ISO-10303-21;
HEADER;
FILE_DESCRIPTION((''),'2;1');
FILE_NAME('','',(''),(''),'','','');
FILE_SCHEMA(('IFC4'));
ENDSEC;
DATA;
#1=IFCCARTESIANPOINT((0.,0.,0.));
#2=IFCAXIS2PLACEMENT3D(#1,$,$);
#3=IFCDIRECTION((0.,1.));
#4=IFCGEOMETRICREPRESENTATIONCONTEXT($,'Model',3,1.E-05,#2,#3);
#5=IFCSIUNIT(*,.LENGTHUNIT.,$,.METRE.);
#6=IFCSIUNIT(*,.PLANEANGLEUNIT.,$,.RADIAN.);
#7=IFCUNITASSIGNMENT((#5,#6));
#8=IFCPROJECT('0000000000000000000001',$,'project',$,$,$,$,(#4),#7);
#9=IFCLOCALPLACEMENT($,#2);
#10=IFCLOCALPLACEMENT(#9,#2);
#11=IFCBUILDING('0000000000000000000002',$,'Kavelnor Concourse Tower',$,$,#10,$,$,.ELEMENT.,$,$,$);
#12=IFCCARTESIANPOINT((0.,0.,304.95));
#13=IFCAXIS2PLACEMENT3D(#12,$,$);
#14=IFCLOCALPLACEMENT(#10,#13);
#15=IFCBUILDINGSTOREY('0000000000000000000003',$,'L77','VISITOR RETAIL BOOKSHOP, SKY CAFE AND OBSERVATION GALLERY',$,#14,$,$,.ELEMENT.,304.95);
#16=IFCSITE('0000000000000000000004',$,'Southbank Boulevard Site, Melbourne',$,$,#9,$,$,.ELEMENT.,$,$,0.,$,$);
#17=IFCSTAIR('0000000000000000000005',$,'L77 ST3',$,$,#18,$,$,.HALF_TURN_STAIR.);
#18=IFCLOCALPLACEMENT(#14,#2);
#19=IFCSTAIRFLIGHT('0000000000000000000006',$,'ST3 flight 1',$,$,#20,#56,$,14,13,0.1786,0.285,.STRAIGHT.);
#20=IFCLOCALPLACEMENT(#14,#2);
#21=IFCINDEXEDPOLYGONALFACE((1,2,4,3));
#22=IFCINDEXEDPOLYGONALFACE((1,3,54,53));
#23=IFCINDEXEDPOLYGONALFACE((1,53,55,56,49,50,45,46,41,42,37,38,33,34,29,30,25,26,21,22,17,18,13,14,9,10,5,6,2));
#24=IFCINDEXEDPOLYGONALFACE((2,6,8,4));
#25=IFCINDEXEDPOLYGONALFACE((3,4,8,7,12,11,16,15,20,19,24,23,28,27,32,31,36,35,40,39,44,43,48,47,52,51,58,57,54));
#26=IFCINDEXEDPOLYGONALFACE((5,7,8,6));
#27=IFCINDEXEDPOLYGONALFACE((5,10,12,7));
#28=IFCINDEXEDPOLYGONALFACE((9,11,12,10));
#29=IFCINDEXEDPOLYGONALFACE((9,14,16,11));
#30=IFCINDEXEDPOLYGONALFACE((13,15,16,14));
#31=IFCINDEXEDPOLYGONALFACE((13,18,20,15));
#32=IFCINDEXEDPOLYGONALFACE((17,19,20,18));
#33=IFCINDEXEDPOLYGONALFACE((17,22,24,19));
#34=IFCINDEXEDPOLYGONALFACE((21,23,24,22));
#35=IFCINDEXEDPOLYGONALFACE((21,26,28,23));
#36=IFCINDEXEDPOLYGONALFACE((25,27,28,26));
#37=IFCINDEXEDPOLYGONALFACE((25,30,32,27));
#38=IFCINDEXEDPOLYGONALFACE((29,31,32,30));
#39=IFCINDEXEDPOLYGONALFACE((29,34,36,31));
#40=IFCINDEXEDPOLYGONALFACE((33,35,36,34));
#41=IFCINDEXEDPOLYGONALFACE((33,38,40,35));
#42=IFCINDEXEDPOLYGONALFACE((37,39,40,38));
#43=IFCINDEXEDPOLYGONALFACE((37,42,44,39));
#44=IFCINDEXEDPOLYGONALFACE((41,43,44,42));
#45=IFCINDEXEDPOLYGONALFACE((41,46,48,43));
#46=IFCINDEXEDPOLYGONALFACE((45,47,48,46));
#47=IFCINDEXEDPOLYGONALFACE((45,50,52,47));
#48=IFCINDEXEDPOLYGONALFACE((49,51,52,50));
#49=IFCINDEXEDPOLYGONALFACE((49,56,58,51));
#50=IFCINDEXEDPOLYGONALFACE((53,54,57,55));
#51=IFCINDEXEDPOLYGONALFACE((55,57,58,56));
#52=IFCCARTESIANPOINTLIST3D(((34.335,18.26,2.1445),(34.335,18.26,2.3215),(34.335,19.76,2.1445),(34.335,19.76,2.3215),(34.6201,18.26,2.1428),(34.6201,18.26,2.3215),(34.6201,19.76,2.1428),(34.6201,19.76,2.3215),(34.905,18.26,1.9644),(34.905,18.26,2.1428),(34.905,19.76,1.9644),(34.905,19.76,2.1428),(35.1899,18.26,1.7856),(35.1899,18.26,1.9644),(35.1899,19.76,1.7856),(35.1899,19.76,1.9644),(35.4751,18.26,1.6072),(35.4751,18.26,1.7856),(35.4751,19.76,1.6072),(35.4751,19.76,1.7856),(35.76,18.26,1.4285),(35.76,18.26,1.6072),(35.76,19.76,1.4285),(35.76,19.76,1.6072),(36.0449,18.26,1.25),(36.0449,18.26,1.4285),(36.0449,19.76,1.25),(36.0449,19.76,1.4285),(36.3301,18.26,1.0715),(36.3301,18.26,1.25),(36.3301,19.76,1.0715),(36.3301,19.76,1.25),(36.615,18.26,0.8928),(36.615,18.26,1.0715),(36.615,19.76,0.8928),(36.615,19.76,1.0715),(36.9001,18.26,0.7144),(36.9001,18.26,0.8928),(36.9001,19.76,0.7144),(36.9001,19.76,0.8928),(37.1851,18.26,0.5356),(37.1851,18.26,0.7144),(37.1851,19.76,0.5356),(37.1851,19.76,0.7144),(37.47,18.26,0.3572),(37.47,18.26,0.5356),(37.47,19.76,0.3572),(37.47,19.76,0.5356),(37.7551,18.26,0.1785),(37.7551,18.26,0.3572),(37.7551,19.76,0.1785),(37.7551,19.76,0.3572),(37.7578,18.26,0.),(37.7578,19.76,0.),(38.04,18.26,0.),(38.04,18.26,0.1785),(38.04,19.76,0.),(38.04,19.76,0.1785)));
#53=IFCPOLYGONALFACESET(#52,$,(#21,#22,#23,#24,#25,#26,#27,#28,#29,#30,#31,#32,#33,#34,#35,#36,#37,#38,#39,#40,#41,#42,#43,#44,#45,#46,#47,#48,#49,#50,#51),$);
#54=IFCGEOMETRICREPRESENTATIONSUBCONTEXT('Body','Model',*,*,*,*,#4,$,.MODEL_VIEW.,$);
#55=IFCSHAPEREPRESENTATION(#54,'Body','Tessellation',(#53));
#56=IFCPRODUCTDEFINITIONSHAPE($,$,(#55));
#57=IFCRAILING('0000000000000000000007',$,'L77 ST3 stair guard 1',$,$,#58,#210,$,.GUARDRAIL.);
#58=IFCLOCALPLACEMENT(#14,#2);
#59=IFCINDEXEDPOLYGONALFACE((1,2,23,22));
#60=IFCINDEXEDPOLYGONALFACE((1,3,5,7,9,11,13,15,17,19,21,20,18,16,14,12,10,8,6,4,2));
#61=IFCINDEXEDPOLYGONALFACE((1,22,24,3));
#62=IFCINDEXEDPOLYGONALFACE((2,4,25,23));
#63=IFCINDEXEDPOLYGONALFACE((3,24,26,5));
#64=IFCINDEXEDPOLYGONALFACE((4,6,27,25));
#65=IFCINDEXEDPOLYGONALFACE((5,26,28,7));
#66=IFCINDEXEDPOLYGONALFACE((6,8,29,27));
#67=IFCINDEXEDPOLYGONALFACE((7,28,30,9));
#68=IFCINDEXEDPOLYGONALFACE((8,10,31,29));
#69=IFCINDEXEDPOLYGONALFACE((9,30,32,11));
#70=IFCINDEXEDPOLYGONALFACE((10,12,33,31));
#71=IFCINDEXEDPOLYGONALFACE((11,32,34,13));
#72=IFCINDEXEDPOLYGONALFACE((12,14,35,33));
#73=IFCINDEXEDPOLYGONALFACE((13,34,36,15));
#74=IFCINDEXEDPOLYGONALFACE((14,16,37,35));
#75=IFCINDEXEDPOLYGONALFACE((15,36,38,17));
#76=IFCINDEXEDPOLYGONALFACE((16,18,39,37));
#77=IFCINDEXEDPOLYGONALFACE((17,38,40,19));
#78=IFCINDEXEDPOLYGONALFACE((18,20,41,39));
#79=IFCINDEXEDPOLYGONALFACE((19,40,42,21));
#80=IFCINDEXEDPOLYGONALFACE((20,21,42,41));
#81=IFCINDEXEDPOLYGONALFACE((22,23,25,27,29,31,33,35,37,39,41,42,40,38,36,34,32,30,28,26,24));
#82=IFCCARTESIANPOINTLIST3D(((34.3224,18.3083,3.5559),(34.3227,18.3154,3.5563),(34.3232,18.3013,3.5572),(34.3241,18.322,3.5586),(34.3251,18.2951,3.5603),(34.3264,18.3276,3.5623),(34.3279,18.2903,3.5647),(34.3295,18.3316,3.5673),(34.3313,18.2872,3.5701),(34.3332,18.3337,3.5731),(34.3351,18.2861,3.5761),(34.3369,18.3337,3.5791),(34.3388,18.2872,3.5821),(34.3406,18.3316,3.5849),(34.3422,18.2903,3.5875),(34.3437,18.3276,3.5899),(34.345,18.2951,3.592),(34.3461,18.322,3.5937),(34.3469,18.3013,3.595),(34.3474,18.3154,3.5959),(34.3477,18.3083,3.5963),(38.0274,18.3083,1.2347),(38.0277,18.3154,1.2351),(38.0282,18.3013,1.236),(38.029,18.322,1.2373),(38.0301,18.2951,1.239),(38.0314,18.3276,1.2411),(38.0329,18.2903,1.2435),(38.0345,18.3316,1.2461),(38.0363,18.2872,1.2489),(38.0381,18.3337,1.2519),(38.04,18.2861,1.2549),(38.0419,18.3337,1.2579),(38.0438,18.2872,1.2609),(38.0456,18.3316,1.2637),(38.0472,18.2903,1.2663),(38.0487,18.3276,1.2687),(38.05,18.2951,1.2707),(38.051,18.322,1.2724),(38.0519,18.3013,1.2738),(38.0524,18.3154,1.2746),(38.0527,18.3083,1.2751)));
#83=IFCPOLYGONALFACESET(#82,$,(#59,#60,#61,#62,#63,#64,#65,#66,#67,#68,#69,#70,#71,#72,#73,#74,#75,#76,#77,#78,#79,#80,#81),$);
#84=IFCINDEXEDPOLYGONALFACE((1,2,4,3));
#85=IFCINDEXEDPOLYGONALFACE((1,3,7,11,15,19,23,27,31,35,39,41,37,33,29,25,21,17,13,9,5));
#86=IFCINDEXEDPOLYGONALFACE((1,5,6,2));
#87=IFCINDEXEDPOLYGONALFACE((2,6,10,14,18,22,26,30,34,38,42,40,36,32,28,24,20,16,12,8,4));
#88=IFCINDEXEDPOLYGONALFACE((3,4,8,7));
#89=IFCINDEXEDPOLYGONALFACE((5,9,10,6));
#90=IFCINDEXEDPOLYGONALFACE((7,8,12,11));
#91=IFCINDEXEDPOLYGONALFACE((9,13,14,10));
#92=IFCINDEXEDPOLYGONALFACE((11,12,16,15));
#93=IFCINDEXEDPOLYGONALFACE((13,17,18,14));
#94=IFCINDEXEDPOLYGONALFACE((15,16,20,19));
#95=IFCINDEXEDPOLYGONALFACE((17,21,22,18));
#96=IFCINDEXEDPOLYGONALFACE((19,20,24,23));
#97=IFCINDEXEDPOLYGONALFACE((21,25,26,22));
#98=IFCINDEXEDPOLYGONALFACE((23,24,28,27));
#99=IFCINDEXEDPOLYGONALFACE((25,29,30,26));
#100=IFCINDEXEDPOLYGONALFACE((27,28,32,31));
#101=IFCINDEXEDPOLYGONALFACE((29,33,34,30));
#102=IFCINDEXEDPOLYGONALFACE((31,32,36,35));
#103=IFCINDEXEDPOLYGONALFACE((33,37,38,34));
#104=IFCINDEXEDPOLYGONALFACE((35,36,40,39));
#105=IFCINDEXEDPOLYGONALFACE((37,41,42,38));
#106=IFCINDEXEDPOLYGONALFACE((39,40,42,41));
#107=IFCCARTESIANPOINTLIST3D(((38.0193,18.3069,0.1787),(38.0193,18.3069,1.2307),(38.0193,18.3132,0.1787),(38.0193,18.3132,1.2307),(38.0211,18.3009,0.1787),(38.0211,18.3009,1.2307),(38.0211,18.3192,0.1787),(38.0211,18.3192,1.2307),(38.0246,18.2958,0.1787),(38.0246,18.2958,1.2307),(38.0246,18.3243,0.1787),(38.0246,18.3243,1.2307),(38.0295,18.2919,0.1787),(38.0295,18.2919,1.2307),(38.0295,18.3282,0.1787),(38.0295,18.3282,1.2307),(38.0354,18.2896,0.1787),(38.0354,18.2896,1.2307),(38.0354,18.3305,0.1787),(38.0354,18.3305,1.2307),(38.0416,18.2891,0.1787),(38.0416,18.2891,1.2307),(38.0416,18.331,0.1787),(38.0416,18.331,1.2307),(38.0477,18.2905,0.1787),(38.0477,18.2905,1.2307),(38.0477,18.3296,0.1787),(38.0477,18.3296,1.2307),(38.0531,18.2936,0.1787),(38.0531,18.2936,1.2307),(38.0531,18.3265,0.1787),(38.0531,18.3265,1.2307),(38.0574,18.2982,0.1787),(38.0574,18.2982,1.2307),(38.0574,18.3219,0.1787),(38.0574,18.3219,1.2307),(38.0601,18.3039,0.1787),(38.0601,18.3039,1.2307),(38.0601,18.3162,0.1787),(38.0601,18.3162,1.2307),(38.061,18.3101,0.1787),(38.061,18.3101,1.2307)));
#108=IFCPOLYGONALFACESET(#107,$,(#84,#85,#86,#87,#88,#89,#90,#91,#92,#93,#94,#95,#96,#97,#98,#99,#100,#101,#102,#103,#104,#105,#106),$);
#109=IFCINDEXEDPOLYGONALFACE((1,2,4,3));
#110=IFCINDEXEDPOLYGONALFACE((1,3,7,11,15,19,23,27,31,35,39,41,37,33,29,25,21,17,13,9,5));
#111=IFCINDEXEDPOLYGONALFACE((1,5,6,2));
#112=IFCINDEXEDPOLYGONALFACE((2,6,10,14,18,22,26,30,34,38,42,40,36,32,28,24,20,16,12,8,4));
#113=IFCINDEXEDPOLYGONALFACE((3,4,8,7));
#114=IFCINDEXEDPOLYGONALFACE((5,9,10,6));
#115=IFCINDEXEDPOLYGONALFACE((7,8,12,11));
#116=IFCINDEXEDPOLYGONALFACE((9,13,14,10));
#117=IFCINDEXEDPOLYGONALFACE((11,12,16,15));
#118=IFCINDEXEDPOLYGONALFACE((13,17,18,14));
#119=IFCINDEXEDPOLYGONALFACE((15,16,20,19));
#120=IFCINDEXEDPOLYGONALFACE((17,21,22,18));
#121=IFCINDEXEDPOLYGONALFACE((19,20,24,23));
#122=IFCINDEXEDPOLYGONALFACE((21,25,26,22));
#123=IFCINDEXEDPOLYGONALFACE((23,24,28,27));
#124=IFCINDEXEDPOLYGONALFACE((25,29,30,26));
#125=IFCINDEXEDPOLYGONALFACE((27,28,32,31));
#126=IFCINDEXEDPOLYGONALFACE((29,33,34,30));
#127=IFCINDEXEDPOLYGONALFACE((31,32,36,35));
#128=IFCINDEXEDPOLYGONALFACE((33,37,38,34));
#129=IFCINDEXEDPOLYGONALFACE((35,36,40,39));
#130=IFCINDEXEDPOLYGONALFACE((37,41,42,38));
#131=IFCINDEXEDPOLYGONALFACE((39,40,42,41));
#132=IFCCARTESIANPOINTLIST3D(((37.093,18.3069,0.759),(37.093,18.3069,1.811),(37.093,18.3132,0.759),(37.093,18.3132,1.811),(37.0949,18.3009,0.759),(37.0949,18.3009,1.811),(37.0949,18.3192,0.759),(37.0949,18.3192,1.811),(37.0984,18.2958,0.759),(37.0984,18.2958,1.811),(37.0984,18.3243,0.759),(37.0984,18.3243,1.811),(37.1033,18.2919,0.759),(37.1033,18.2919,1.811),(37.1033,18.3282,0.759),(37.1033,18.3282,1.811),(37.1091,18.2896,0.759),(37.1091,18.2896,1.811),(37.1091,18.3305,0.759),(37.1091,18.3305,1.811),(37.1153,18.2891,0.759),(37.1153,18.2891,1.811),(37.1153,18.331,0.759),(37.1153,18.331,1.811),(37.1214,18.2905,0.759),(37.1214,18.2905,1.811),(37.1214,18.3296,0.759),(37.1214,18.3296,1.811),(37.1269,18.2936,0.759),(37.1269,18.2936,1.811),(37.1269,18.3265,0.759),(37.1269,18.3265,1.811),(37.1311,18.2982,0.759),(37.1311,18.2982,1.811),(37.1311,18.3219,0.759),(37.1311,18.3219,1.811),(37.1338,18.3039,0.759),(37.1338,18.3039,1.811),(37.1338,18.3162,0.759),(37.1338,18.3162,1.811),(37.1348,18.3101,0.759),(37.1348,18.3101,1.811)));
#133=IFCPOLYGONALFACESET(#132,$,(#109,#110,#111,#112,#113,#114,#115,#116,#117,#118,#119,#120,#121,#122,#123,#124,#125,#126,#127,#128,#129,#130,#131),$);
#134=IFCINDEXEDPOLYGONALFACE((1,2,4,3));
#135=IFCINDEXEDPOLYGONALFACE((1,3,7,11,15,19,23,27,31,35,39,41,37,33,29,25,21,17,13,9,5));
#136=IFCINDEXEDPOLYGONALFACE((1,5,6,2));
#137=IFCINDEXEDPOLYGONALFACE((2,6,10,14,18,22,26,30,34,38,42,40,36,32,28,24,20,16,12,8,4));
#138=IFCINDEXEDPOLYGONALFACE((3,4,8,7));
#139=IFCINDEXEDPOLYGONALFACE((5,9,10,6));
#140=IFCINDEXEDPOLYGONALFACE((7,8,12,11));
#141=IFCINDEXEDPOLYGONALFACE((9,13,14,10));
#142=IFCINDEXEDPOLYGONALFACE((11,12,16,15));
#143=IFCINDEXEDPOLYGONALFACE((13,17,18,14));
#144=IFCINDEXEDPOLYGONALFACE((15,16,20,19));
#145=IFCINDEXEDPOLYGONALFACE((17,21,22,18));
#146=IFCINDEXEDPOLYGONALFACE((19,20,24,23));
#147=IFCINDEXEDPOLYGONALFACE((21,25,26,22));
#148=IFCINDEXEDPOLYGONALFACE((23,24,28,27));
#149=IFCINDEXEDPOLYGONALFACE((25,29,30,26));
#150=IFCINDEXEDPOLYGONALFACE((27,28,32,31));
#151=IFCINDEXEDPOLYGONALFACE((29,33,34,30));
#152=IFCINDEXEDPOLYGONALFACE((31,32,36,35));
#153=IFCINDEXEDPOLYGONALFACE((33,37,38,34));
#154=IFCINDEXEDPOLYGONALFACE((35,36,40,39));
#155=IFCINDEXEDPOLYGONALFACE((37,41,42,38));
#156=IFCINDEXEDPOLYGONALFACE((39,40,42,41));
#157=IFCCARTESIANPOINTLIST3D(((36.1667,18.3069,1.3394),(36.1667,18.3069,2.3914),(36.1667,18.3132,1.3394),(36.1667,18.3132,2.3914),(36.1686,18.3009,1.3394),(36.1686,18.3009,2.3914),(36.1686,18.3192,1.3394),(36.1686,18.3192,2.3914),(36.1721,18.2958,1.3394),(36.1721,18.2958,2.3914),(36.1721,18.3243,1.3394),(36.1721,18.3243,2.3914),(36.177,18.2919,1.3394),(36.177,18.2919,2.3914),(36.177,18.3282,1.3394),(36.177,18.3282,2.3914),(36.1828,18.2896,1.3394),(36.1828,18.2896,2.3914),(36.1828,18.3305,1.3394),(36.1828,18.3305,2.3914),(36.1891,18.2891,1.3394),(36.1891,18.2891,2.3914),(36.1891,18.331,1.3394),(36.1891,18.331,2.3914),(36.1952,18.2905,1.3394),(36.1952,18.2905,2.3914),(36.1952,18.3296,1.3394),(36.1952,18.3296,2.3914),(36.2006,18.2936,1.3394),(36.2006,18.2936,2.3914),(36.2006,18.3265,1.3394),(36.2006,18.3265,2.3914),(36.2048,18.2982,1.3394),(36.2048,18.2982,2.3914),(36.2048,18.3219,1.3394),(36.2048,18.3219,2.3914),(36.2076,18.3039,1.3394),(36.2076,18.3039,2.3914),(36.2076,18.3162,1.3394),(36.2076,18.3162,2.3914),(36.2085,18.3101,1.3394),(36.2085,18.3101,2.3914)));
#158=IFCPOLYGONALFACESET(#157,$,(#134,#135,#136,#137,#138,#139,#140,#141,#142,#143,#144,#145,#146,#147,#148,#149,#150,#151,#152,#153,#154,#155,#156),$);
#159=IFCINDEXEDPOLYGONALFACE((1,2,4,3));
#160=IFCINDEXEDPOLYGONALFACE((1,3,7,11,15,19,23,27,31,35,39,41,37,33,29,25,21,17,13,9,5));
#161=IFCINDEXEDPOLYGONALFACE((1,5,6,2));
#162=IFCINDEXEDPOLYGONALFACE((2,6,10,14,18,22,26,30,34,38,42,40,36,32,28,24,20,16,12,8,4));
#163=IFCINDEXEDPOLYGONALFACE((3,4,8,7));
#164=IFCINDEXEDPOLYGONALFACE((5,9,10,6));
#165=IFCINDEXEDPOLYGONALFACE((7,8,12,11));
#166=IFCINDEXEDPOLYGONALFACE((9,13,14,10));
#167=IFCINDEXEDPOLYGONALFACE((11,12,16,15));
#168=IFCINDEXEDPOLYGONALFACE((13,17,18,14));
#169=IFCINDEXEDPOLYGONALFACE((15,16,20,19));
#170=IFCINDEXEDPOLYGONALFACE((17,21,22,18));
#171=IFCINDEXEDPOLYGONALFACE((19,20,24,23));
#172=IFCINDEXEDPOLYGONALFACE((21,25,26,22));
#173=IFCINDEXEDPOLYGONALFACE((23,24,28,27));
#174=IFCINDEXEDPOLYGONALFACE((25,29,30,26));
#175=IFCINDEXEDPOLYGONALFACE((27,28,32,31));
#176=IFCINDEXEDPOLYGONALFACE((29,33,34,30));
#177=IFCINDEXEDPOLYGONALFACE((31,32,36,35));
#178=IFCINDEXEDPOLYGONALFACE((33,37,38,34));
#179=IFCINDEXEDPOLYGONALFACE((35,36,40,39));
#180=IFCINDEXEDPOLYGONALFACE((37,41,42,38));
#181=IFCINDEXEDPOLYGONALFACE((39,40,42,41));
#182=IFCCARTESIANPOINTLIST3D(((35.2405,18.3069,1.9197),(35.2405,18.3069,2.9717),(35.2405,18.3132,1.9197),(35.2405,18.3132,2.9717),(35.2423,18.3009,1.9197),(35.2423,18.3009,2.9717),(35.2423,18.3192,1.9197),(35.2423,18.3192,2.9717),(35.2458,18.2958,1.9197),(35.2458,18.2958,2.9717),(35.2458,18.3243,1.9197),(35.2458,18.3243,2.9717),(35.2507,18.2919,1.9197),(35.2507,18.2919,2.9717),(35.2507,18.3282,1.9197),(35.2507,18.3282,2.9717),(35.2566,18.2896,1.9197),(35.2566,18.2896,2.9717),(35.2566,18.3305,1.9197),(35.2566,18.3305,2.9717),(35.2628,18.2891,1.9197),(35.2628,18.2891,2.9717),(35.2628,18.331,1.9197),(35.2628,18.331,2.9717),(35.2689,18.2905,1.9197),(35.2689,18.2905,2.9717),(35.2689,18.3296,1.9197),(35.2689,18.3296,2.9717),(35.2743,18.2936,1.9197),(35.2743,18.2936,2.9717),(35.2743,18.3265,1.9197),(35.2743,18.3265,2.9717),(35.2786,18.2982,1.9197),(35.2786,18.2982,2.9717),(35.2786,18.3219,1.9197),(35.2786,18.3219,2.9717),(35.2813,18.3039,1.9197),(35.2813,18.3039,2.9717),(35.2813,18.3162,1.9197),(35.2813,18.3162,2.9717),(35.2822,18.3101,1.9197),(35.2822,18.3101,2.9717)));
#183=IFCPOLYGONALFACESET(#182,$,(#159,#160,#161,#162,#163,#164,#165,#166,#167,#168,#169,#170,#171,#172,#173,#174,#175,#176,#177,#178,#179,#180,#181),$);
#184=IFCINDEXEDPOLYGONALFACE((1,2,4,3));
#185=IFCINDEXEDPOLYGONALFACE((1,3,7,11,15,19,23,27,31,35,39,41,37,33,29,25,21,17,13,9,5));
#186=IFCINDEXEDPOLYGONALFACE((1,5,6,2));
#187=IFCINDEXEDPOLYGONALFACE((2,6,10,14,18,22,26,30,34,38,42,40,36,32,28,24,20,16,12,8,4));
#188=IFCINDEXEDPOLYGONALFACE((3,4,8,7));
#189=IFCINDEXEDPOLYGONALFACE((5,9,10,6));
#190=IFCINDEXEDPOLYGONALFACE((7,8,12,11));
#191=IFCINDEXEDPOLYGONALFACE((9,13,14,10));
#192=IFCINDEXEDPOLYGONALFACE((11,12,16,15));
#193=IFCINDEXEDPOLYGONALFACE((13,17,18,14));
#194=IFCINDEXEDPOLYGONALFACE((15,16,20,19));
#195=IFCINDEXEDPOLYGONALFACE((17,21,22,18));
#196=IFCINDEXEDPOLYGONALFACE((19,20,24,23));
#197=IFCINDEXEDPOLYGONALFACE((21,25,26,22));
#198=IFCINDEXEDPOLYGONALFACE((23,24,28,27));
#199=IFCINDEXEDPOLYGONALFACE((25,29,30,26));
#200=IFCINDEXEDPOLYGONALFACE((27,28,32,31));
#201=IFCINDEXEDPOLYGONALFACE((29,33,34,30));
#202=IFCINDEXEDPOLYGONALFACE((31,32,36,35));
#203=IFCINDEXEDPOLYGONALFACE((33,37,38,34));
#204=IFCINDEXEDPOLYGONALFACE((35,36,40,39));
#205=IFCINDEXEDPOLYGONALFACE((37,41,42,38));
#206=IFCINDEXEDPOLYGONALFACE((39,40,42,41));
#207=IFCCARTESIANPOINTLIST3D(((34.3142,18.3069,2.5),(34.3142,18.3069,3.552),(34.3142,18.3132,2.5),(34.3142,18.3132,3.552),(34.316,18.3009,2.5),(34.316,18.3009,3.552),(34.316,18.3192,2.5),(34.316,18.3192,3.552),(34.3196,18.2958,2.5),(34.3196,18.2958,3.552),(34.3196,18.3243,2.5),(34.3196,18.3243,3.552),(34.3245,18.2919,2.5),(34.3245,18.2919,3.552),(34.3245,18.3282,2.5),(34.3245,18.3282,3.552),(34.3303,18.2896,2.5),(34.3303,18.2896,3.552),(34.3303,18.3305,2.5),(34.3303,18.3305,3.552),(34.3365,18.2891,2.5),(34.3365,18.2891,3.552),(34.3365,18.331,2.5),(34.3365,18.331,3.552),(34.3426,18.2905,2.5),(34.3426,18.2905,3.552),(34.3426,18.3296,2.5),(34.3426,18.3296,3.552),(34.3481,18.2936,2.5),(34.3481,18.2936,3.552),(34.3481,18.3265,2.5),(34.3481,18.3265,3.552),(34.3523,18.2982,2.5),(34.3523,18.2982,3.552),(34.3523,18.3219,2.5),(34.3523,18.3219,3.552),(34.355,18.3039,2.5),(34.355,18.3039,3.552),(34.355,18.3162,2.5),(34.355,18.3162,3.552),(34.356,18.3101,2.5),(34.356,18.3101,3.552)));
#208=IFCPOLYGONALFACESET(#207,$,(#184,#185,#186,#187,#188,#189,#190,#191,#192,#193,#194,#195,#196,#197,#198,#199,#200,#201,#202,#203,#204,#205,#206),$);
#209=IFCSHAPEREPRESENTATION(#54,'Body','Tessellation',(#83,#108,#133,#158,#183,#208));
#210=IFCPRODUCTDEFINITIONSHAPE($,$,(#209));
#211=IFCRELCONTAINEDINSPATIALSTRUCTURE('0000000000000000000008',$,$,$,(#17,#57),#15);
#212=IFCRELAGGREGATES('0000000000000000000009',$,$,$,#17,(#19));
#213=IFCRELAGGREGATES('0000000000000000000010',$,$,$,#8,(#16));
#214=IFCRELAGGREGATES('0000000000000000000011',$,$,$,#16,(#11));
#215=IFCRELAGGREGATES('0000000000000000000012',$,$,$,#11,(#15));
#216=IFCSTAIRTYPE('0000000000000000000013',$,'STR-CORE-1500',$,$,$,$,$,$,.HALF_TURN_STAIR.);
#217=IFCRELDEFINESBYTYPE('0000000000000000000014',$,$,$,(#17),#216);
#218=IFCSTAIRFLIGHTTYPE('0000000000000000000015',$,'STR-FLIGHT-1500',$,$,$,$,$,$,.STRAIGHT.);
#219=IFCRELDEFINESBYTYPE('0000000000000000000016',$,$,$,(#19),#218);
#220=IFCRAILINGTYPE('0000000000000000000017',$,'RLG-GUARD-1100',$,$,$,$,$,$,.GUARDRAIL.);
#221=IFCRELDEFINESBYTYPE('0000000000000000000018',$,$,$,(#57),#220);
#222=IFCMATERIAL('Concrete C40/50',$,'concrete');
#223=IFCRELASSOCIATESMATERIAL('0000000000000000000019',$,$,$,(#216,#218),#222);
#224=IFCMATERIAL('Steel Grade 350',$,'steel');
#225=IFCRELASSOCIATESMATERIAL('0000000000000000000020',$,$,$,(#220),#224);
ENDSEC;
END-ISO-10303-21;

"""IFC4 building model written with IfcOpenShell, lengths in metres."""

from ifc_helpers import new_model, si_unit, direction, frame, origin, origin_2d, place, context, subcontext, project, spatial, polyline, circle, outline, extrude, material, type_object, element, aggregate, save


model = new_model("IFC4")

# Units and contexts
model_context = context("Model", 3, precision=1e-05, world=origin(), true_north=direction((0.0, 1.0)))
body_context = subcontext(model_context, "Body", "Model", "MODEL_VIEW")
ifc_project = project(units=[si_unit("LENGTHUNIT", "METRE"), si_unit("PLANEANGLEUNIT", "RADIAN")], contexts=[model_context])

# Site, building, storey
site_placement = place(None, origin())
site = spatial("IfcSite", under=ifc_project, at=site_placement, Name="Southbank Boulevard Site, Melbourne", CompositionType="ELEMENT", RefElevation=0.0)
building_placement = place(site_placement, origin())
building = spatial("IfcBuilding", under=site, at=building_placement, Name="Kavelnor Concourse Tower", CompositionType="ELEMENT")
storey_placement = place(building_placement, frame((0.0, 0.0, 304.95)))
storey = spatial("IfcBuildingStorey", under=building, at=storey_placement, Name="L77", Description="VISITOR RETAIL BOOKSHOP, SKY CAFE AND OBSERVATION GALLERY", CompositionType="ELEMENT", Elevation=304.95)

# Shared definitions
ifc_material_1 = material(Name="Steel Grade 350", Category="steel")

# Stair, stair flight
ifc_material_2 = material(Name="Concrete C40/50", Category="concrete")
stair_type = type_object("IfcStairType", Name="STR-CORE-1500", PredefinedType="HALF_TURN_STAIR", material=ifc_material_2)
stair_placement = place(storey_placement, origin())
stair = element("IfcStair", 1, at=stair_placement, inside=storey, type_object=stair_type, Name="L77 ST3", PredefinedType="HALF_TURN_STAIR")
stair_flight_type = type_object("IfcStairFlightType", Name="STR-FLIGHT-1500", PredefinedType="STRAIGHT", material=ifc_material_2)
stair_flight_placement = place(storey_placement, frame((38.04, 19.01, 0.0), z_axis=(0.0, 0.0, 1.0), x_axis=(-1.0, 0.0, 0.0)))
stair_flight = element("IfcStairFlight", 2, at=stair_flight_placement, type_object=stair_flight_type, Name="ST3 flight 1", NumberOfRisers=14, NumberOfTreads=13, PredefinedType="STRAIGHT", RiserHeight=0.1786, TreadLength=0.285, context=body_context, shape_type="SweptSolid", body=[
    extrude(outline(polyline([(0.0, 0.0), (0.0, 0.1785), (0.2849, 0.1785), (0.2849, 0.3572), (0.5701, 0.3572), (0.5701, 0.5356), (0.855, 0.5356), (0.855, 0.7144), (1.1399, 0.7144), (1.1399, 0.8928), (1.425, 0.8928), (1.425, 1.0715), (1.71, 1.0715), (1.71, 1.25), (1.9951, 1.25), (1.9951, 1.4285), (2.28, 1.4285), (2.28, 1.6072), (2.5649, 1.6072), (2.5649, 1.7856), (2.8501, 1.7856), (2.8501, 1.9644), (3.135, 1.9644), (3.135, 2.1428), (3.4199, 2.1428), (3.4199, 2.3215), (3.7051, 2.3215), (3.7051, 2.5), (3.7051, 2.1445), (0.2822, 0.0), (0.0, 0.0)])), frame((0.0, 0.75, 0.0), z_axis=(0.0, -1.0, 0.0), x_axis=(1.0, 0.0, 0.0)), (0.0, 0.0, 1.0), 1.5),
])
aggregate(stair, [stair_flight])

# Railing
railing_type_1 = type_object("IfcRailingType", Name="RLG-GUARD-1100", PredefinedType="GUARDRAIL", material=ifc_material_1)
railing_1_placement = place(storey_placement, frame((38.04, 18.3101, 0.1787)))
element("IfcRailing", 3, at=railing_1_placement, inside=storey, type_object=railing_type_1, Name="L77 ST3 stair guard 1", PredefinedType="GUARDRAIL", context=body_context, shape_type="SweptSolid", body=[
    extrude(circle(Radius=0.0239, at=origin_2d()), frame((0.0, 0.0, 1.0762), z_axis=(-0.847421, 0.0, 0.530922), x_axis=(0.0, -1.0, 0.0)), (0.0, 0.0, 1.0), 4.3721),
    extrude(circle(Radius=0.021, at=origin_2d()), origin(), (0.0, 0.0, 1.0), 1.052),
    extrude(circle(Radius=0.021, at=origin_2d()), frame((-0.9263, 0.0, 0.5803)), (0.0, 0.0, 1.0), 1.052),
    extrude(circle(Radius=0.021, at=origin_2d()), frame((-1.8525, 0.0, 1.1606)), (0.0, 0.0, 1.0), 1.052),
    extrude(circle(Radius=0.021, at=origin_2d()), frame((-2.7788, 0.0, 1.741)), (0.0, 0.0, 1.0), 1.052),
    extrude(circle(Radius=0.021, at=origin_2d()), frame((-3.7051, 0.0, 2.3213)), (0.0, 0.0, 1.0), 1.052),
])

save(model, "model.ifc")
